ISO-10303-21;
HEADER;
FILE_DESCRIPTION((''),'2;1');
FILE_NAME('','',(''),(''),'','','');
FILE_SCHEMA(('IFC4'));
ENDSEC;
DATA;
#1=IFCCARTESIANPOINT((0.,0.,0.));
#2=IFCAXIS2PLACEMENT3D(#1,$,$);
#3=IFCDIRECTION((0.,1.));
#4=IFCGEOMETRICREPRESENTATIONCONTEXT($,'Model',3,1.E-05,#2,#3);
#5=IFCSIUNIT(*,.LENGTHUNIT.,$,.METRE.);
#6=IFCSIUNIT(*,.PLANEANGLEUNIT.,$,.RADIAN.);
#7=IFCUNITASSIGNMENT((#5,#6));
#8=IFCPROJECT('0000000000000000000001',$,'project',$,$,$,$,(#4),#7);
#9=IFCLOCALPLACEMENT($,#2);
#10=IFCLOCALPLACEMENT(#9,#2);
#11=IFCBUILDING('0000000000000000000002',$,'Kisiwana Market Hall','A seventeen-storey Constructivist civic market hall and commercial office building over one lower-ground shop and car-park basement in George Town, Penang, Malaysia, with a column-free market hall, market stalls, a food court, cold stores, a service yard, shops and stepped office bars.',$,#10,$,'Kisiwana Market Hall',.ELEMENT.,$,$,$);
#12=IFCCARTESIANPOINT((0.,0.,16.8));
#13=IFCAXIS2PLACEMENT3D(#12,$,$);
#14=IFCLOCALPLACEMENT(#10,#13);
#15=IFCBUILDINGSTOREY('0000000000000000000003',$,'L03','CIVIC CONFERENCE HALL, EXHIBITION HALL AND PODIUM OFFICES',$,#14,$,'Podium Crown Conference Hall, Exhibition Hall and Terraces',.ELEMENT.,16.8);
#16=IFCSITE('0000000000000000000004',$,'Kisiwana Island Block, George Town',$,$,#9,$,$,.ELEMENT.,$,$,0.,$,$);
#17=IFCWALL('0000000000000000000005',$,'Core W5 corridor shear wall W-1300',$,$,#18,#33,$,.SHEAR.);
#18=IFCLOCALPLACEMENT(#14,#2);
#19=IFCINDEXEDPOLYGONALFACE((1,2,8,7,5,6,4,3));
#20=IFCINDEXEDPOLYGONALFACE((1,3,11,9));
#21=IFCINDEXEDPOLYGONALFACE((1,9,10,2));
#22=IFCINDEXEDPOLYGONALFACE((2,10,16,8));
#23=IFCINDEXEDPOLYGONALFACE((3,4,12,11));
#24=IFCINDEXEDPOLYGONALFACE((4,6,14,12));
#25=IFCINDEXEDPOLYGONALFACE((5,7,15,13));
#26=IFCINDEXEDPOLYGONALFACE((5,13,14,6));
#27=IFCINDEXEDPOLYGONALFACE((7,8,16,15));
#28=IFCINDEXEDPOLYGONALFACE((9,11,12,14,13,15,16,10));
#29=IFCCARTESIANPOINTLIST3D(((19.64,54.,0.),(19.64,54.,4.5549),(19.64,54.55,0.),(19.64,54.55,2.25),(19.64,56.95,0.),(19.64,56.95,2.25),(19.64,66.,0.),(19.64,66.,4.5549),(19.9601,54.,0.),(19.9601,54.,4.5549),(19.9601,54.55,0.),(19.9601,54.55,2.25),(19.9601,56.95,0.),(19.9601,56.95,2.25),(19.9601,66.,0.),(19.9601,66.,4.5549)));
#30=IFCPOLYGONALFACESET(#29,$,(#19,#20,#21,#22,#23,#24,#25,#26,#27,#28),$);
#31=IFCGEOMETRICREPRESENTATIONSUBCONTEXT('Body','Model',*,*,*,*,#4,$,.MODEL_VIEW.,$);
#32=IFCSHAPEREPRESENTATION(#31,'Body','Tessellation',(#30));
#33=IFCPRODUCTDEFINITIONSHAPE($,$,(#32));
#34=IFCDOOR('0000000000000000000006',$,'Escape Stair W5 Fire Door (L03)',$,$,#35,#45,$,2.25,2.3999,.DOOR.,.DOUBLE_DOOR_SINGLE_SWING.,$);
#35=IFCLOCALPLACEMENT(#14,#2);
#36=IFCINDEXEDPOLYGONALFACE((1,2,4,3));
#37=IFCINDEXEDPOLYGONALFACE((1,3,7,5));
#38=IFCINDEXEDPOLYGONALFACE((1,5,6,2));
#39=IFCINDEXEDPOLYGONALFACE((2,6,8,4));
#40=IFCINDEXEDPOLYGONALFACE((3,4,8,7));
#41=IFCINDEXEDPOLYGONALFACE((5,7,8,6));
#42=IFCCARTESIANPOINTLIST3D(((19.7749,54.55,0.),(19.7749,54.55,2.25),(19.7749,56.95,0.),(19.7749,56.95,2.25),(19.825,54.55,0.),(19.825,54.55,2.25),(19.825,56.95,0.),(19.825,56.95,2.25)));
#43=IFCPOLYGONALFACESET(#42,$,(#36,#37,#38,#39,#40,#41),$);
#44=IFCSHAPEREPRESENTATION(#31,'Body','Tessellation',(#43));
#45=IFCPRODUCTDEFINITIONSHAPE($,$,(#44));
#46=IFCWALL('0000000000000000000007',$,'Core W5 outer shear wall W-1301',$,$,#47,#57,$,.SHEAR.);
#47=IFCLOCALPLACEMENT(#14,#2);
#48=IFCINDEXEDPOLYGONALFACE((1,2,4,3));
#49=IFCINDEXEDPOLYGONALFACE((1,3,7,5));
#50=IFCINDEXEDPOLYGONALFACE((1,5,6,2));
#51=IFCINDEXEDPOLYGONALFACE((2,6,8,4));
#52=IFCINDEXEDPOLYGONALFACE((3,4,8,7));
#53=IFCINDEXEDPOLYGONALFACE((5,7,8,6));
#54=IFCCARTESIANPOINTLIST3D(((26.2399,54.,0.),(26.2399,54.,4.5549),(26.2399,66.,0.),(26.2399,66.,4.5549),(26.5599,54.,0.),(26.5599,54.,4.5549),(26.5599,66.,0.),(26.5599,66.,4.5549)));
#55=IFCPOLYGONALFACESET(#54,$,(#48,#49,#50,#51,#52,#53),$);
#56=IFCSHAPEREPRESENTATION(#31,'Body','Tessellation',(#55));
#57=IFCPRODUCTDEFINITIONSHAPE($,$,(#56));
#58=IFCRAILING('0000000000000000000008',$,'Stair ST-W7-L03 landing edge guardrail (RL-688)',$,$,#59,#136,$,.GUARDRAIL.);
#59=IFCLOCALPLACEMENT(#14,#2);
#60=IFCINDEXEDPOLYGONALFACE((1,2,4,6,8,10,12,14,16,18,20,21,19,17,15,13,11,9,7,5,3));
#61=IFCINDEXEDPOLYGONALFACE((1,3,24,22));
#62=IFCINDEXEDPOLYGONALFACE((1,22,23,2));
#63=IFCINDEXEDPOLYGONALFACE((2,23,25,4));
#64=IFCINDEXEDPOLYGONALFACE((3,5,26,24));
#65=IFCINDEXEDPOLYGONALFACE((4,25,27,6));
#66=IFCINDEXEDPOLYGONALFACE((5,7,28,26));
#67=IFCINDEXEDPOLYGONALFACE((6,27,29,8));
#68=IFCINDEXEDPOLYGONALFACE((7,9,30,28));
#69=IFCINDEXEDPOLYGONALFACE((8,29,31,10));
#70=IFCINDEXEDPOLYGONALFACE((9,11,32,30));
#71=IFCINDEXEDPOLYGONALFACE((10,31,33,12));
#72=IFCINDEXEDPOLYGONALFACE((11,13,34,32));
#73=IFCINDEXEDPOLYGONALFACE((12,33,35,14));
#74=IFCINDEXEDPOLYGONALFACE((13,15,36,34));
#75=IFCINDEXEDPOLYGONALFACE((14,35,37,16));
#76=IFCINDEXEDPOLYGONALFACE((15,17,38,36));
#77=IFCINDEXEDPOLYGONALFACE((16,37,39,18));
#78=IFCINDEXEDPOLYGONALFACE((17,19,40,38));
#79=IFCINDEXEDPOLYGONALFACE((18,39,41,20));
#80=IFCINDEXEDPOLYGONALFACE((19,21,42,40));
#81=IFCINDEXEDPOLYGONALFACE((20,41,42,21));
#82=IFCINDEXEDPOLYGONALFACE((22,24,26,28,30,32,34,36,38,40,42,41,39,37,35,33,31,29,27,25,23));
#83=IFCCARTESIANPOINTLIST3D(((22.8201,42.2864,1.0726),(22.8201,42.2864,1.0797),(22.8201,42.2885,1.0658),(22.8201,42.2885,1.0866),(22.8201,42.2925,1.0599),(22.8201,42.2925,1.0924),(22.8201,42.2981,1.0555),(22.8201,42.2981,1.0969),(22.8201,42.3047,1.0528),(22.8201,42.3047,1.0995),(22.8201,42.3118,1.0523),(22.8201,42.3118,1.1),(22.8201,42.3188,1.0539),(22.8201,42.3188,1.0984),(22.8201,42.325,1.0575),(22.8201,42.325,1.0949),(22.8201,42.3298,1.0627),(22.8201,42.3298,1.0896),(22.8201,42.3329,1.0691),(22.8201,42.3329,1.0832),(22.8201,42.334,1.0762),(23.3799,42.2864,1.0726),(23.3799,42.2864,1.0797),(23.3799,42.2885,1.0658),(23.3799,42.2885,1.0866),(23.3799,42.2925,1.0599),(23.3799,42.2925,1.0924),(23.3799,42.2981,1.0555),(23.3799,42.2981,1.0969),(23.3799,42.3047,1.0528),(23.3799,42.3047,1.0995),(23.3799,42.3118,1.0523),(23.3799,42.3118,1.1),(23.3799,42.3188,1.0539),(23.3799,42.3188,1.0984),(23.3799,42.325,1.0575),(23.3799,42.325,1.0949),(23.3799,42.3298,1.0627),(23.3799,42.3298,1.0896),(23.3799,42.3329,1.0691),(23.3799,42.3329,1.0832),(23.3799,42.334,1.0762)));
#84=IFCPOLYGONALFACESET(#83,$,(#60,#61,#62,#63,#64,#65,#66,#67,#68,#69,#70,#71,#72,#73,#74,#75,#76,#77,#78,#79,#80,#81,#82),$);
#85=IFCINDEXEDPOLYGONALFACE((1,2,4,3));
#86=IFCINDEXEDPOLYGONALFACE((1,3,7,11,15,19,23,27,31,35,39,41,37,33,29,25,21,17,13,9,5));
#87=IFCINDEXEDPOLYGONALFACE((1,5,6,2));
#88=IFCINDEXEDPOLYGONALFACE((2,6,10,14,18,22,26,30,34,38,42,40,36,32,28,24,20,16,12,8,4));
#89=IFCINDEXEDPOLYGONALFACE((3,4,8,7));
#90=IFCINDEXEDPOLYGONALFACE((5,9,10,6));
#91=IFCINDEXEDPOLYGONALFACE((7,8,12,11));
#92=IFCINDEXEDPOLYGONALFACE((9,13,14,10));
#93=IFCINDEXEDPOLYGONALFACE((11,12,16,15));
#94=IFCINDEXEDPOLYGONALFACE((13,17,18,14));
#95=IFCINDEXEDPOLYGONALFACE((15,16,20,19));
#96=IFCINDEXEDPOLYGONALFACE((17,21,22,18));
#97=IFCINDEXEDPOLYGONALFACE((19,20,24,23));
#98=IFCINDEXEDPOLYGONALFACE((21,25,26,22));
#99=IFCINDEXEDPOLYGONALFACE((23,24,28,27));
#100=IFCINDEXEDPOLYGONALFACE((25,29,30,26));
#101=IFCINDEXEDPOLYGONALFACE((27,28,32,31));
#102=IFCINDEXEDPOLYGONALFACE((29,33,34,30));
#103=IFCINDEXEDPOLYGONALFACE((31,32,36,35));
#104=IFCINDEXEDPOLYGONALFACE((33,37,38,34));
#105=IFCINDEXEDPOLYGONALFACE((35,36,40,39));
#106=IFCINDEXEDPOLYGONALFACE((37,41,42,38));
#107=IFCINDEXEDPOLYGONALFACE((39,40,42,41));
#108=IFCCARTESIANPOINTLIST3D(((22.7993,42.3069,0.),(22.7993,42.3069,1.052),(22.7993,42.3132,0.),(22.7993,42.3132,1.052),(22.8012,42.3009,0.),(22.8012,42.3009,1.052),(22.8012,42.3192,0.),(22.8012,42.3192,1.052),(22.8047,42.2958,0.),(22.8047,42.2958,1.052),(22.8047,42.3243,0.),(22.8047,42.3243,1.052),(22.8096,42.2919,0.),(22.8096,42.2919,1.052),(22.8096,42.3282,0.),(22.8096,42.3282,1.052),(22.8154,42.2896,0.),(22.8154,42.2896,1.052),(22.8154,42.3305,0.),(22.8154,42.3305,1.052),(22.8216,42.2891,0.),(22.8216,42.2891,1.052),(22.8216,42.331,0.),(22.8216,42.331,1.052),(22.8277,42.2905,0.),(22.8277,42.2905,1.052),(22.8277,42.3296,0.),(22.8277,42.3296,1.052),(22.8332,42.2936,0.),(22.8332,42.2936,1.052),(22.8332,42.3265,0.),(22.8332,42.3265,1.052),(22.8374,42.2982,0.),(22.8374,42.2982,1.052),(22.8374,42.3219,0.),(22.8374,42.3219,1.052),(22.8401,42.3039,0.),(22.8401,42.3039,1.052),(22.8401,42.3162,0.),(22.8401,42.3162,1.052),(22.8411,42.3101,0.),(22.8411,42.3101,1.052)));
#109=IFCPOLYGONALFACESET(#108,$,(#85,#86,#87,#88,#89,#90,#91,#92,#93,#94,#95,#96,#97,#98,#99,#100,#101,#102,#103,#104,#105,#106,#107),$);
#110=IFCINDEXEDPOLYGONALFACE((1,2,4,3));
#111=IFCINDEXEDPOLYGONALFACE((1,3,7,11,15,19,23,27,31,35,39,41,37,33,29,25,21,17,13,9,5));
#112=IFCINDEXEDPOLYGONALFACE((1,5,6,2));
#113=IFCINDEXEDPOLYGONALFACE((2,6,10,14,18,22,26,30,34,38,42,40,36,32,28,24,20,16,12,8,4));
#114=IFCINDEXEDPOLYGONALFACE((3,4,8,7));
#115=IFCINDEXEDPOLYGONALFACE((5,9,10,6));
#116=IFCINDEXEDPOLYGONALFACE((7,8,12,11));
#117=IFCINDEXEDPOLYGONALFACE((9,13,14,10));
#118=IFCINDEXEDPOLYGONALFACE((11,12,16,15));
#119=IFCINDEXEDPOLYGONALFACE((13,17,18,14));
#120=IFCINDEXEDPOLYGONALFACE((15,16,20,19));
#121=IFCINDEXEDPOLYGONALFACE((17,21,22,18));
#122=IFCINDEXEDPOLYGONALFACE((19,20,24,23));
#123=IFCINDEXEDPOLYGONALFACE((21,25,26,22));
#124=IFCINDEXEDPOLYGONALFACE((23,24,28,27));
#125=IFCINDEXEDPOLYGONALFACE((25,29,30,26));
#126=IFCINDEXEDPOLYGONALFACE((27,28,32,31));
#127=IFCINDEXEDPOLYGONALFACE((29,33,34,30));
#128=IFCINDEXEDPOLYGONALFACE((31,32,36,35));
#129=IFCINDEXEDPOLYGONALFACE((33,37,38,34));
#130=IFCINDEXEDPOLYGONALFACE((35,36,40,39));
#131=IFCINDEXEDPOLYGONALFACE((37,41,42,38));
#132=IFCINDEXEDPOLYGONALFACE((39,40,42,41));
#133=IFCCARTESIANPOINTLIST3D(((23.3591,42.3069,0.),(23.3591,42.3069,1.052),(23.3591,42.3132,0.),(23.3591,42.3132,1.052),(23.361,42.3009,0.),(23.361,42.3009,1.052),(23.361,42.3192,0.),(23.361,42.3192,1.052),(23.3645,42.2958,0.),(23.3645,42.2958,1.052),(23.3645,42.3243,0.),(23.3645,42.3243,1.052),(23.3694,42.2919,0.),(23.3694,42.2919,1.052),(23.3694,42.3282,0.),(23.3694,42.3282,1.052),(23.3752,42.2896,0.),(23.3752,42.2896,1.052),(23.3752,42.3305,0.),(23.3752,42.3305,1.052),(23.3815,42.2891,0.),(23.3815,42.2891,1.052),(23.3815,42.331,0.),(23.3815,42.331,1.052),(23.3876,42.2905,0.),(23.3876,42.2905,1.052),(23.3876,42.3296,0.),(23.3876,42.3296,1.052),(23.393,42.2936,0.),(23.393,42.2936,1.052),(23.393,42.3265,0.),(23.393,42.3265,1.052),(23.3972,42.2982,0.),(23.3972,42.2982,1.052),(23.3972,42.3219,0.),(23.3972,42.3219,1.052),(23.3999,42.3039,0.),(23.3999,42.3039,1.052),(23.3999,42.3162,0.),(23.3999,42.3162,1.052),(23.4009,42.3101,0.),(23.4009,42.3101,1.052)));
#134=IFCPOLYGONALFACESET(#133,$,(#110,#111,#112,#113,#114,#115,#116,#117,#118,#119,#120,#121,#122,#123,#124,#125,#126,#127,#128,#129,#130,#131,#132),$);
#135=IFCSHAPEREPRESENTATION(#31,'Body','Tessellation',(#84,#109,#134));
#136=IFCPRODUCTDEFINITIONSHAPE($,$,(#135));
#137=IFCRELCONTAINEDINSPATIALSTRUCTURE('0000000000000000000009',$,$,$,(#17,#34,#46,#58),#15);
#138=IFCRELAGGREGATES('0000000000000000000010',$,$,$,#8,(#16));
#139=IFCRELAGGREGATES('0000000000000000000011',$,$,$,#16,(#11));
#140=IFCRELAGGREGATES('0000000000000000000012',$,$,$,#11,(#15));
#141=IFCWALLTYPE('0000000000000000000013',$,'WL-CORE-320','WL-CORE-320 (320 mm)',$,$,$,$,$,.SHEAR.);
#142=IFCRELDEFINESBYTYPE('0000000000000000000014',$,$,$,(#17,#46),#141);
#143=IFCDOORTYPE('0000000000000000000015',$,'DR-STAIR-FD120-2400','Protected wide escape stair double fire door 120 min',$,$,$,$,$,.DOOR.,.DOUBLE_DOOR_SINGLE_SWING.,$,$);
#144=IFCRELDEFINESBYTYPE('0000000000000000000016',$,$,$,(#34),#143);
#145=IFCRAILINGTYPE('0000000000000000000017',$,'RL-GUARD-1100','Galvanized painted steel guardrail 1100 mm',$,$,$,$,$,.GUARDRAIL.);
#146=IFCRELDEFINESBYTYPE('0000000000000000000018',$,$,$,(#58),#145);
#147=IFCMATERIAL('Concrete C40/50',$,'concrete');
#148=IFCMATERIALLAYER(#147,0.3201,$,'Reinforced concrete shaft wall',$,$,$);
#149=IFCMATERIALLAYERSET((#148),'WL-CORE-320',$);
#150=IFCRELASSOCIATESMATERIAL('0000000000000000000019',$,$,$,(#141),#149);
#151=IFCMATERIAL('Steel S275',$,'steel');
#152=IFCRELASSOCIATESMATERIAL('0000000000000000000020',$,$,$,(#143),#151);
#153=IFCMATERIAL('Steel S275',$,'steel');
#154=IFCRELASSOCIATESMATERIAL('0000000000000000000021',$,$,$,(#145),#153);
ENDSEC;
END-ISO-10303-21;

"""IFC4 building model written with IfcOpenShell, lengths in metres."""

from ifc_helpers import new_model, si_unit, direction, frame, frame_2d, origin, origin_2d, place, context, subcontext, project, spatial, rectangle, circle, extrude, material, layer, layer_set, type_object, element, fill, save


model = new_model("IFC4")

# Units and contexts
model_context = context("Model", 3, precision=1e-05, world=origin(), true_north=direction((0.0, 1.0)))
body_context = subcontext(model_context, "Body", "Model", "MODEL_VIEW")
ifc_project = project(units=[si_unit("LENGTHUNIT", "METRE"), si_unit("PLANEANGLEUNIT", "RADIAN")], contexts=[model_context])

# Site, building, storey
site_placement = place(None, origin())
site = spatial("IfcSite", under=ifc_project, at=site_placement, Name="Kisiwana Island Block, George Town", CompositionType="ELEMENT", RefElevation=0.0)
building_placement = place(site_placement, origin())
building = spatial("IfcBuilding", under=site, at=building_placement, Name="Kisiwana Market Hall", Description="A seventeen-storey Constructivist civic market hall and commercial office building over one lower-ground shop and car-park basement in George Town, Penang, Malaysia, with a column-free market hall, market stalls, a food court, cold stores, a service yard, shops and stepped office bars.", LongName="Kisiwana Market Hall", CompositionType="ELEMENT")
storey_placement = place(building_placement, frame((0.0, 0.0, 16.8)))
storey = spatial("IfcBuildingStorey", under=building, at=storey_placement, Name="L03", Description="CIVIC CONFERENCE HALL, EXHIBITION HALL AND PODIUM OFFICES", LongName="Podium Crown Conference Hall, Exhibition Hall and Terraces", CompositionType="ELEMENT", Elevation=16.8)

# Shared definitions
ifc_material_1 = material(Name="Concrete C40/50", Category="concrete")
ifc_layer = layer(ifc_material_1, 0.3201, Name="Reinforced concrete shaft wall")
ifc_layer_set = layer_set([ifc_layer], Name="WL-CORE-320")
wall_type = type_object("IfcWallType", Name="WL-CORE-320", Description="WL-CORE-320 (320 mm)", PredefinedType="SHEAR", material=ifc_layer_set)

# Shared definitions
ifc_material_2 = material(Name="Steel S275", Category="steel")
door_type = type_object("IfcDoorType", Name="DR-STAIR-FD120-2400", Description="Protected wide escape stair double fire door 120 min", OperationType="DOUBLE_DOOR_SINGLE_SWING", PredefinedType="DOOR", material=ifc_material_2)

# Wall, opening, door
wall_1_placement = place(storey_placement, frame((19.8, 54.0, 0.0), z_axis=(0.0, 0.0, 1.0), x_axis=(0.0, 1.0, 0.0)))
wall_1 = element("IfcWall", 1, at=wall_1_placement, inside=storey, type_object=wall_type, Name="Core W5 corridor shear wall W-1300", PredefinedType="SHEAR", context=body_context, shape_type="SweptSolid", body=[
    extrude(rectangle(XDim=12.0, YDim=0.3201, at=frame_2d((6.0, 0.0))), origin(), (0.0, 0.0, 1.0), 4.5549),
])
opening_1_placement = place(wall_1_placement, frame((0.55, 0.0, 0.0)))
opening_1 = element("IfcOpeningElement", 2, at=opening_1_placement, cuts=wall_1, PredefinedType="OPENING", context=body_context, shape_type="SweptSolid", body=[
    extrude(rectangle(XDim=2.3999, YDim=2.25, at=frame_2d((1.2, 1.125))), frame((0.0, 0.1719, 0.0), z_axis=(0.0, -1.0, 0.0), x_axis=(1.0, 0.0, 0.0)), (0.0, 0.0, 1.0), 0.344),
])
door_1_placement = place(opening_1_placement, frame((2.3999, 0.0, 0.0), z_axis=(0.0, 0.0, 1.0), x_axis=(-1.0, 0.0, 0.0)))
door_1 = element("IfcDoor", 3, at=door_1_placement, inside=storey, type_object=door_type, Name="Escape Stair W5 Fire Door (L03)", OperationType="DOUBLE_DOOR_SINGLE_SWING", OverallHeight=2.25, OverallWidth=2.3999, PredefinedType="DOOR", context=body_context, shape_type="SweptSolid", body=[
    extrude(rectangle(XDim=2.3999, YDim=2.25, at=frame_2d((1.2, 1.125))), frame((0.0, 0.0249, 0.0), z_axis=(0.0, -1.0, 0.0), x_axis=(1.0, 0.0, 0.0)), (0.0, 0.0, 1.0), 0.05),
])
fill(opening_1, door_1)

# Wall
wall_2_placement = place(storey_placement, frame((26.3999, 54.0, 0.0), z_axis=(0.0, 0.0, 1.0), x_axis=(0.0, 1.0, 0.0)))
element("IfcWall", 4, at=wall_2_placement, inside=storey, type_object=wall_type, Name="Core W5 outer shear wall W-1301", PredefinedType="SHEAR", context=body_context, shape_type="SweptSolid", body=[
    extrude(rectangle(XDim=12.0, YDim=0.3201, at=frame_2d((6.0, 0.0))), origin(), (0.0, 0.0, 1.0), 4.5549),
])

# Railing
ifc_material_3 = material(Name="Steel S275", Category="steel")
railing_type_1 = type_object("IfcRailingType", Name="RL-GUARD-1100", Description="Galvanized painted steel guardrail 1100 mm", PredefinedType="GUARDRAIL", material=ifc_material_3)
railing_1_placement = place(storey_placement, frame((22.8201, 42.3101, 0.0)))
element("IfcRailing", 5, at=railing_1_placement, inside=storey, type_object=railing_type_1, Name="Stair ST-W7-L03 landing edge guardrail (RL-688)", PredefinedType="GUARDRAIL", context=body_context, shape_type="SweptSolid", body=[
    extrude(circle(Radius=0.0239, at=origin_2d()), frame((0.0, 0.0, 1.0762), z_axis=(1.0, 0.0, 0.0), x_axis=(0.0, 1.0, 0.0)), (0.0, 0.0, 1.0), 0.5598),
    extrude(circle(Radius=0.021, at=origin_2d()), origin(), (0.0, 0.0, 1.0), 1.052),
    extrude(circle(Radius=0.021, at=origin_2d()), frame((0.5598, 0.0, 0.0)), (0.0, 0.0, 1.0), 1.052),
])

save(model, "model.ifc")
